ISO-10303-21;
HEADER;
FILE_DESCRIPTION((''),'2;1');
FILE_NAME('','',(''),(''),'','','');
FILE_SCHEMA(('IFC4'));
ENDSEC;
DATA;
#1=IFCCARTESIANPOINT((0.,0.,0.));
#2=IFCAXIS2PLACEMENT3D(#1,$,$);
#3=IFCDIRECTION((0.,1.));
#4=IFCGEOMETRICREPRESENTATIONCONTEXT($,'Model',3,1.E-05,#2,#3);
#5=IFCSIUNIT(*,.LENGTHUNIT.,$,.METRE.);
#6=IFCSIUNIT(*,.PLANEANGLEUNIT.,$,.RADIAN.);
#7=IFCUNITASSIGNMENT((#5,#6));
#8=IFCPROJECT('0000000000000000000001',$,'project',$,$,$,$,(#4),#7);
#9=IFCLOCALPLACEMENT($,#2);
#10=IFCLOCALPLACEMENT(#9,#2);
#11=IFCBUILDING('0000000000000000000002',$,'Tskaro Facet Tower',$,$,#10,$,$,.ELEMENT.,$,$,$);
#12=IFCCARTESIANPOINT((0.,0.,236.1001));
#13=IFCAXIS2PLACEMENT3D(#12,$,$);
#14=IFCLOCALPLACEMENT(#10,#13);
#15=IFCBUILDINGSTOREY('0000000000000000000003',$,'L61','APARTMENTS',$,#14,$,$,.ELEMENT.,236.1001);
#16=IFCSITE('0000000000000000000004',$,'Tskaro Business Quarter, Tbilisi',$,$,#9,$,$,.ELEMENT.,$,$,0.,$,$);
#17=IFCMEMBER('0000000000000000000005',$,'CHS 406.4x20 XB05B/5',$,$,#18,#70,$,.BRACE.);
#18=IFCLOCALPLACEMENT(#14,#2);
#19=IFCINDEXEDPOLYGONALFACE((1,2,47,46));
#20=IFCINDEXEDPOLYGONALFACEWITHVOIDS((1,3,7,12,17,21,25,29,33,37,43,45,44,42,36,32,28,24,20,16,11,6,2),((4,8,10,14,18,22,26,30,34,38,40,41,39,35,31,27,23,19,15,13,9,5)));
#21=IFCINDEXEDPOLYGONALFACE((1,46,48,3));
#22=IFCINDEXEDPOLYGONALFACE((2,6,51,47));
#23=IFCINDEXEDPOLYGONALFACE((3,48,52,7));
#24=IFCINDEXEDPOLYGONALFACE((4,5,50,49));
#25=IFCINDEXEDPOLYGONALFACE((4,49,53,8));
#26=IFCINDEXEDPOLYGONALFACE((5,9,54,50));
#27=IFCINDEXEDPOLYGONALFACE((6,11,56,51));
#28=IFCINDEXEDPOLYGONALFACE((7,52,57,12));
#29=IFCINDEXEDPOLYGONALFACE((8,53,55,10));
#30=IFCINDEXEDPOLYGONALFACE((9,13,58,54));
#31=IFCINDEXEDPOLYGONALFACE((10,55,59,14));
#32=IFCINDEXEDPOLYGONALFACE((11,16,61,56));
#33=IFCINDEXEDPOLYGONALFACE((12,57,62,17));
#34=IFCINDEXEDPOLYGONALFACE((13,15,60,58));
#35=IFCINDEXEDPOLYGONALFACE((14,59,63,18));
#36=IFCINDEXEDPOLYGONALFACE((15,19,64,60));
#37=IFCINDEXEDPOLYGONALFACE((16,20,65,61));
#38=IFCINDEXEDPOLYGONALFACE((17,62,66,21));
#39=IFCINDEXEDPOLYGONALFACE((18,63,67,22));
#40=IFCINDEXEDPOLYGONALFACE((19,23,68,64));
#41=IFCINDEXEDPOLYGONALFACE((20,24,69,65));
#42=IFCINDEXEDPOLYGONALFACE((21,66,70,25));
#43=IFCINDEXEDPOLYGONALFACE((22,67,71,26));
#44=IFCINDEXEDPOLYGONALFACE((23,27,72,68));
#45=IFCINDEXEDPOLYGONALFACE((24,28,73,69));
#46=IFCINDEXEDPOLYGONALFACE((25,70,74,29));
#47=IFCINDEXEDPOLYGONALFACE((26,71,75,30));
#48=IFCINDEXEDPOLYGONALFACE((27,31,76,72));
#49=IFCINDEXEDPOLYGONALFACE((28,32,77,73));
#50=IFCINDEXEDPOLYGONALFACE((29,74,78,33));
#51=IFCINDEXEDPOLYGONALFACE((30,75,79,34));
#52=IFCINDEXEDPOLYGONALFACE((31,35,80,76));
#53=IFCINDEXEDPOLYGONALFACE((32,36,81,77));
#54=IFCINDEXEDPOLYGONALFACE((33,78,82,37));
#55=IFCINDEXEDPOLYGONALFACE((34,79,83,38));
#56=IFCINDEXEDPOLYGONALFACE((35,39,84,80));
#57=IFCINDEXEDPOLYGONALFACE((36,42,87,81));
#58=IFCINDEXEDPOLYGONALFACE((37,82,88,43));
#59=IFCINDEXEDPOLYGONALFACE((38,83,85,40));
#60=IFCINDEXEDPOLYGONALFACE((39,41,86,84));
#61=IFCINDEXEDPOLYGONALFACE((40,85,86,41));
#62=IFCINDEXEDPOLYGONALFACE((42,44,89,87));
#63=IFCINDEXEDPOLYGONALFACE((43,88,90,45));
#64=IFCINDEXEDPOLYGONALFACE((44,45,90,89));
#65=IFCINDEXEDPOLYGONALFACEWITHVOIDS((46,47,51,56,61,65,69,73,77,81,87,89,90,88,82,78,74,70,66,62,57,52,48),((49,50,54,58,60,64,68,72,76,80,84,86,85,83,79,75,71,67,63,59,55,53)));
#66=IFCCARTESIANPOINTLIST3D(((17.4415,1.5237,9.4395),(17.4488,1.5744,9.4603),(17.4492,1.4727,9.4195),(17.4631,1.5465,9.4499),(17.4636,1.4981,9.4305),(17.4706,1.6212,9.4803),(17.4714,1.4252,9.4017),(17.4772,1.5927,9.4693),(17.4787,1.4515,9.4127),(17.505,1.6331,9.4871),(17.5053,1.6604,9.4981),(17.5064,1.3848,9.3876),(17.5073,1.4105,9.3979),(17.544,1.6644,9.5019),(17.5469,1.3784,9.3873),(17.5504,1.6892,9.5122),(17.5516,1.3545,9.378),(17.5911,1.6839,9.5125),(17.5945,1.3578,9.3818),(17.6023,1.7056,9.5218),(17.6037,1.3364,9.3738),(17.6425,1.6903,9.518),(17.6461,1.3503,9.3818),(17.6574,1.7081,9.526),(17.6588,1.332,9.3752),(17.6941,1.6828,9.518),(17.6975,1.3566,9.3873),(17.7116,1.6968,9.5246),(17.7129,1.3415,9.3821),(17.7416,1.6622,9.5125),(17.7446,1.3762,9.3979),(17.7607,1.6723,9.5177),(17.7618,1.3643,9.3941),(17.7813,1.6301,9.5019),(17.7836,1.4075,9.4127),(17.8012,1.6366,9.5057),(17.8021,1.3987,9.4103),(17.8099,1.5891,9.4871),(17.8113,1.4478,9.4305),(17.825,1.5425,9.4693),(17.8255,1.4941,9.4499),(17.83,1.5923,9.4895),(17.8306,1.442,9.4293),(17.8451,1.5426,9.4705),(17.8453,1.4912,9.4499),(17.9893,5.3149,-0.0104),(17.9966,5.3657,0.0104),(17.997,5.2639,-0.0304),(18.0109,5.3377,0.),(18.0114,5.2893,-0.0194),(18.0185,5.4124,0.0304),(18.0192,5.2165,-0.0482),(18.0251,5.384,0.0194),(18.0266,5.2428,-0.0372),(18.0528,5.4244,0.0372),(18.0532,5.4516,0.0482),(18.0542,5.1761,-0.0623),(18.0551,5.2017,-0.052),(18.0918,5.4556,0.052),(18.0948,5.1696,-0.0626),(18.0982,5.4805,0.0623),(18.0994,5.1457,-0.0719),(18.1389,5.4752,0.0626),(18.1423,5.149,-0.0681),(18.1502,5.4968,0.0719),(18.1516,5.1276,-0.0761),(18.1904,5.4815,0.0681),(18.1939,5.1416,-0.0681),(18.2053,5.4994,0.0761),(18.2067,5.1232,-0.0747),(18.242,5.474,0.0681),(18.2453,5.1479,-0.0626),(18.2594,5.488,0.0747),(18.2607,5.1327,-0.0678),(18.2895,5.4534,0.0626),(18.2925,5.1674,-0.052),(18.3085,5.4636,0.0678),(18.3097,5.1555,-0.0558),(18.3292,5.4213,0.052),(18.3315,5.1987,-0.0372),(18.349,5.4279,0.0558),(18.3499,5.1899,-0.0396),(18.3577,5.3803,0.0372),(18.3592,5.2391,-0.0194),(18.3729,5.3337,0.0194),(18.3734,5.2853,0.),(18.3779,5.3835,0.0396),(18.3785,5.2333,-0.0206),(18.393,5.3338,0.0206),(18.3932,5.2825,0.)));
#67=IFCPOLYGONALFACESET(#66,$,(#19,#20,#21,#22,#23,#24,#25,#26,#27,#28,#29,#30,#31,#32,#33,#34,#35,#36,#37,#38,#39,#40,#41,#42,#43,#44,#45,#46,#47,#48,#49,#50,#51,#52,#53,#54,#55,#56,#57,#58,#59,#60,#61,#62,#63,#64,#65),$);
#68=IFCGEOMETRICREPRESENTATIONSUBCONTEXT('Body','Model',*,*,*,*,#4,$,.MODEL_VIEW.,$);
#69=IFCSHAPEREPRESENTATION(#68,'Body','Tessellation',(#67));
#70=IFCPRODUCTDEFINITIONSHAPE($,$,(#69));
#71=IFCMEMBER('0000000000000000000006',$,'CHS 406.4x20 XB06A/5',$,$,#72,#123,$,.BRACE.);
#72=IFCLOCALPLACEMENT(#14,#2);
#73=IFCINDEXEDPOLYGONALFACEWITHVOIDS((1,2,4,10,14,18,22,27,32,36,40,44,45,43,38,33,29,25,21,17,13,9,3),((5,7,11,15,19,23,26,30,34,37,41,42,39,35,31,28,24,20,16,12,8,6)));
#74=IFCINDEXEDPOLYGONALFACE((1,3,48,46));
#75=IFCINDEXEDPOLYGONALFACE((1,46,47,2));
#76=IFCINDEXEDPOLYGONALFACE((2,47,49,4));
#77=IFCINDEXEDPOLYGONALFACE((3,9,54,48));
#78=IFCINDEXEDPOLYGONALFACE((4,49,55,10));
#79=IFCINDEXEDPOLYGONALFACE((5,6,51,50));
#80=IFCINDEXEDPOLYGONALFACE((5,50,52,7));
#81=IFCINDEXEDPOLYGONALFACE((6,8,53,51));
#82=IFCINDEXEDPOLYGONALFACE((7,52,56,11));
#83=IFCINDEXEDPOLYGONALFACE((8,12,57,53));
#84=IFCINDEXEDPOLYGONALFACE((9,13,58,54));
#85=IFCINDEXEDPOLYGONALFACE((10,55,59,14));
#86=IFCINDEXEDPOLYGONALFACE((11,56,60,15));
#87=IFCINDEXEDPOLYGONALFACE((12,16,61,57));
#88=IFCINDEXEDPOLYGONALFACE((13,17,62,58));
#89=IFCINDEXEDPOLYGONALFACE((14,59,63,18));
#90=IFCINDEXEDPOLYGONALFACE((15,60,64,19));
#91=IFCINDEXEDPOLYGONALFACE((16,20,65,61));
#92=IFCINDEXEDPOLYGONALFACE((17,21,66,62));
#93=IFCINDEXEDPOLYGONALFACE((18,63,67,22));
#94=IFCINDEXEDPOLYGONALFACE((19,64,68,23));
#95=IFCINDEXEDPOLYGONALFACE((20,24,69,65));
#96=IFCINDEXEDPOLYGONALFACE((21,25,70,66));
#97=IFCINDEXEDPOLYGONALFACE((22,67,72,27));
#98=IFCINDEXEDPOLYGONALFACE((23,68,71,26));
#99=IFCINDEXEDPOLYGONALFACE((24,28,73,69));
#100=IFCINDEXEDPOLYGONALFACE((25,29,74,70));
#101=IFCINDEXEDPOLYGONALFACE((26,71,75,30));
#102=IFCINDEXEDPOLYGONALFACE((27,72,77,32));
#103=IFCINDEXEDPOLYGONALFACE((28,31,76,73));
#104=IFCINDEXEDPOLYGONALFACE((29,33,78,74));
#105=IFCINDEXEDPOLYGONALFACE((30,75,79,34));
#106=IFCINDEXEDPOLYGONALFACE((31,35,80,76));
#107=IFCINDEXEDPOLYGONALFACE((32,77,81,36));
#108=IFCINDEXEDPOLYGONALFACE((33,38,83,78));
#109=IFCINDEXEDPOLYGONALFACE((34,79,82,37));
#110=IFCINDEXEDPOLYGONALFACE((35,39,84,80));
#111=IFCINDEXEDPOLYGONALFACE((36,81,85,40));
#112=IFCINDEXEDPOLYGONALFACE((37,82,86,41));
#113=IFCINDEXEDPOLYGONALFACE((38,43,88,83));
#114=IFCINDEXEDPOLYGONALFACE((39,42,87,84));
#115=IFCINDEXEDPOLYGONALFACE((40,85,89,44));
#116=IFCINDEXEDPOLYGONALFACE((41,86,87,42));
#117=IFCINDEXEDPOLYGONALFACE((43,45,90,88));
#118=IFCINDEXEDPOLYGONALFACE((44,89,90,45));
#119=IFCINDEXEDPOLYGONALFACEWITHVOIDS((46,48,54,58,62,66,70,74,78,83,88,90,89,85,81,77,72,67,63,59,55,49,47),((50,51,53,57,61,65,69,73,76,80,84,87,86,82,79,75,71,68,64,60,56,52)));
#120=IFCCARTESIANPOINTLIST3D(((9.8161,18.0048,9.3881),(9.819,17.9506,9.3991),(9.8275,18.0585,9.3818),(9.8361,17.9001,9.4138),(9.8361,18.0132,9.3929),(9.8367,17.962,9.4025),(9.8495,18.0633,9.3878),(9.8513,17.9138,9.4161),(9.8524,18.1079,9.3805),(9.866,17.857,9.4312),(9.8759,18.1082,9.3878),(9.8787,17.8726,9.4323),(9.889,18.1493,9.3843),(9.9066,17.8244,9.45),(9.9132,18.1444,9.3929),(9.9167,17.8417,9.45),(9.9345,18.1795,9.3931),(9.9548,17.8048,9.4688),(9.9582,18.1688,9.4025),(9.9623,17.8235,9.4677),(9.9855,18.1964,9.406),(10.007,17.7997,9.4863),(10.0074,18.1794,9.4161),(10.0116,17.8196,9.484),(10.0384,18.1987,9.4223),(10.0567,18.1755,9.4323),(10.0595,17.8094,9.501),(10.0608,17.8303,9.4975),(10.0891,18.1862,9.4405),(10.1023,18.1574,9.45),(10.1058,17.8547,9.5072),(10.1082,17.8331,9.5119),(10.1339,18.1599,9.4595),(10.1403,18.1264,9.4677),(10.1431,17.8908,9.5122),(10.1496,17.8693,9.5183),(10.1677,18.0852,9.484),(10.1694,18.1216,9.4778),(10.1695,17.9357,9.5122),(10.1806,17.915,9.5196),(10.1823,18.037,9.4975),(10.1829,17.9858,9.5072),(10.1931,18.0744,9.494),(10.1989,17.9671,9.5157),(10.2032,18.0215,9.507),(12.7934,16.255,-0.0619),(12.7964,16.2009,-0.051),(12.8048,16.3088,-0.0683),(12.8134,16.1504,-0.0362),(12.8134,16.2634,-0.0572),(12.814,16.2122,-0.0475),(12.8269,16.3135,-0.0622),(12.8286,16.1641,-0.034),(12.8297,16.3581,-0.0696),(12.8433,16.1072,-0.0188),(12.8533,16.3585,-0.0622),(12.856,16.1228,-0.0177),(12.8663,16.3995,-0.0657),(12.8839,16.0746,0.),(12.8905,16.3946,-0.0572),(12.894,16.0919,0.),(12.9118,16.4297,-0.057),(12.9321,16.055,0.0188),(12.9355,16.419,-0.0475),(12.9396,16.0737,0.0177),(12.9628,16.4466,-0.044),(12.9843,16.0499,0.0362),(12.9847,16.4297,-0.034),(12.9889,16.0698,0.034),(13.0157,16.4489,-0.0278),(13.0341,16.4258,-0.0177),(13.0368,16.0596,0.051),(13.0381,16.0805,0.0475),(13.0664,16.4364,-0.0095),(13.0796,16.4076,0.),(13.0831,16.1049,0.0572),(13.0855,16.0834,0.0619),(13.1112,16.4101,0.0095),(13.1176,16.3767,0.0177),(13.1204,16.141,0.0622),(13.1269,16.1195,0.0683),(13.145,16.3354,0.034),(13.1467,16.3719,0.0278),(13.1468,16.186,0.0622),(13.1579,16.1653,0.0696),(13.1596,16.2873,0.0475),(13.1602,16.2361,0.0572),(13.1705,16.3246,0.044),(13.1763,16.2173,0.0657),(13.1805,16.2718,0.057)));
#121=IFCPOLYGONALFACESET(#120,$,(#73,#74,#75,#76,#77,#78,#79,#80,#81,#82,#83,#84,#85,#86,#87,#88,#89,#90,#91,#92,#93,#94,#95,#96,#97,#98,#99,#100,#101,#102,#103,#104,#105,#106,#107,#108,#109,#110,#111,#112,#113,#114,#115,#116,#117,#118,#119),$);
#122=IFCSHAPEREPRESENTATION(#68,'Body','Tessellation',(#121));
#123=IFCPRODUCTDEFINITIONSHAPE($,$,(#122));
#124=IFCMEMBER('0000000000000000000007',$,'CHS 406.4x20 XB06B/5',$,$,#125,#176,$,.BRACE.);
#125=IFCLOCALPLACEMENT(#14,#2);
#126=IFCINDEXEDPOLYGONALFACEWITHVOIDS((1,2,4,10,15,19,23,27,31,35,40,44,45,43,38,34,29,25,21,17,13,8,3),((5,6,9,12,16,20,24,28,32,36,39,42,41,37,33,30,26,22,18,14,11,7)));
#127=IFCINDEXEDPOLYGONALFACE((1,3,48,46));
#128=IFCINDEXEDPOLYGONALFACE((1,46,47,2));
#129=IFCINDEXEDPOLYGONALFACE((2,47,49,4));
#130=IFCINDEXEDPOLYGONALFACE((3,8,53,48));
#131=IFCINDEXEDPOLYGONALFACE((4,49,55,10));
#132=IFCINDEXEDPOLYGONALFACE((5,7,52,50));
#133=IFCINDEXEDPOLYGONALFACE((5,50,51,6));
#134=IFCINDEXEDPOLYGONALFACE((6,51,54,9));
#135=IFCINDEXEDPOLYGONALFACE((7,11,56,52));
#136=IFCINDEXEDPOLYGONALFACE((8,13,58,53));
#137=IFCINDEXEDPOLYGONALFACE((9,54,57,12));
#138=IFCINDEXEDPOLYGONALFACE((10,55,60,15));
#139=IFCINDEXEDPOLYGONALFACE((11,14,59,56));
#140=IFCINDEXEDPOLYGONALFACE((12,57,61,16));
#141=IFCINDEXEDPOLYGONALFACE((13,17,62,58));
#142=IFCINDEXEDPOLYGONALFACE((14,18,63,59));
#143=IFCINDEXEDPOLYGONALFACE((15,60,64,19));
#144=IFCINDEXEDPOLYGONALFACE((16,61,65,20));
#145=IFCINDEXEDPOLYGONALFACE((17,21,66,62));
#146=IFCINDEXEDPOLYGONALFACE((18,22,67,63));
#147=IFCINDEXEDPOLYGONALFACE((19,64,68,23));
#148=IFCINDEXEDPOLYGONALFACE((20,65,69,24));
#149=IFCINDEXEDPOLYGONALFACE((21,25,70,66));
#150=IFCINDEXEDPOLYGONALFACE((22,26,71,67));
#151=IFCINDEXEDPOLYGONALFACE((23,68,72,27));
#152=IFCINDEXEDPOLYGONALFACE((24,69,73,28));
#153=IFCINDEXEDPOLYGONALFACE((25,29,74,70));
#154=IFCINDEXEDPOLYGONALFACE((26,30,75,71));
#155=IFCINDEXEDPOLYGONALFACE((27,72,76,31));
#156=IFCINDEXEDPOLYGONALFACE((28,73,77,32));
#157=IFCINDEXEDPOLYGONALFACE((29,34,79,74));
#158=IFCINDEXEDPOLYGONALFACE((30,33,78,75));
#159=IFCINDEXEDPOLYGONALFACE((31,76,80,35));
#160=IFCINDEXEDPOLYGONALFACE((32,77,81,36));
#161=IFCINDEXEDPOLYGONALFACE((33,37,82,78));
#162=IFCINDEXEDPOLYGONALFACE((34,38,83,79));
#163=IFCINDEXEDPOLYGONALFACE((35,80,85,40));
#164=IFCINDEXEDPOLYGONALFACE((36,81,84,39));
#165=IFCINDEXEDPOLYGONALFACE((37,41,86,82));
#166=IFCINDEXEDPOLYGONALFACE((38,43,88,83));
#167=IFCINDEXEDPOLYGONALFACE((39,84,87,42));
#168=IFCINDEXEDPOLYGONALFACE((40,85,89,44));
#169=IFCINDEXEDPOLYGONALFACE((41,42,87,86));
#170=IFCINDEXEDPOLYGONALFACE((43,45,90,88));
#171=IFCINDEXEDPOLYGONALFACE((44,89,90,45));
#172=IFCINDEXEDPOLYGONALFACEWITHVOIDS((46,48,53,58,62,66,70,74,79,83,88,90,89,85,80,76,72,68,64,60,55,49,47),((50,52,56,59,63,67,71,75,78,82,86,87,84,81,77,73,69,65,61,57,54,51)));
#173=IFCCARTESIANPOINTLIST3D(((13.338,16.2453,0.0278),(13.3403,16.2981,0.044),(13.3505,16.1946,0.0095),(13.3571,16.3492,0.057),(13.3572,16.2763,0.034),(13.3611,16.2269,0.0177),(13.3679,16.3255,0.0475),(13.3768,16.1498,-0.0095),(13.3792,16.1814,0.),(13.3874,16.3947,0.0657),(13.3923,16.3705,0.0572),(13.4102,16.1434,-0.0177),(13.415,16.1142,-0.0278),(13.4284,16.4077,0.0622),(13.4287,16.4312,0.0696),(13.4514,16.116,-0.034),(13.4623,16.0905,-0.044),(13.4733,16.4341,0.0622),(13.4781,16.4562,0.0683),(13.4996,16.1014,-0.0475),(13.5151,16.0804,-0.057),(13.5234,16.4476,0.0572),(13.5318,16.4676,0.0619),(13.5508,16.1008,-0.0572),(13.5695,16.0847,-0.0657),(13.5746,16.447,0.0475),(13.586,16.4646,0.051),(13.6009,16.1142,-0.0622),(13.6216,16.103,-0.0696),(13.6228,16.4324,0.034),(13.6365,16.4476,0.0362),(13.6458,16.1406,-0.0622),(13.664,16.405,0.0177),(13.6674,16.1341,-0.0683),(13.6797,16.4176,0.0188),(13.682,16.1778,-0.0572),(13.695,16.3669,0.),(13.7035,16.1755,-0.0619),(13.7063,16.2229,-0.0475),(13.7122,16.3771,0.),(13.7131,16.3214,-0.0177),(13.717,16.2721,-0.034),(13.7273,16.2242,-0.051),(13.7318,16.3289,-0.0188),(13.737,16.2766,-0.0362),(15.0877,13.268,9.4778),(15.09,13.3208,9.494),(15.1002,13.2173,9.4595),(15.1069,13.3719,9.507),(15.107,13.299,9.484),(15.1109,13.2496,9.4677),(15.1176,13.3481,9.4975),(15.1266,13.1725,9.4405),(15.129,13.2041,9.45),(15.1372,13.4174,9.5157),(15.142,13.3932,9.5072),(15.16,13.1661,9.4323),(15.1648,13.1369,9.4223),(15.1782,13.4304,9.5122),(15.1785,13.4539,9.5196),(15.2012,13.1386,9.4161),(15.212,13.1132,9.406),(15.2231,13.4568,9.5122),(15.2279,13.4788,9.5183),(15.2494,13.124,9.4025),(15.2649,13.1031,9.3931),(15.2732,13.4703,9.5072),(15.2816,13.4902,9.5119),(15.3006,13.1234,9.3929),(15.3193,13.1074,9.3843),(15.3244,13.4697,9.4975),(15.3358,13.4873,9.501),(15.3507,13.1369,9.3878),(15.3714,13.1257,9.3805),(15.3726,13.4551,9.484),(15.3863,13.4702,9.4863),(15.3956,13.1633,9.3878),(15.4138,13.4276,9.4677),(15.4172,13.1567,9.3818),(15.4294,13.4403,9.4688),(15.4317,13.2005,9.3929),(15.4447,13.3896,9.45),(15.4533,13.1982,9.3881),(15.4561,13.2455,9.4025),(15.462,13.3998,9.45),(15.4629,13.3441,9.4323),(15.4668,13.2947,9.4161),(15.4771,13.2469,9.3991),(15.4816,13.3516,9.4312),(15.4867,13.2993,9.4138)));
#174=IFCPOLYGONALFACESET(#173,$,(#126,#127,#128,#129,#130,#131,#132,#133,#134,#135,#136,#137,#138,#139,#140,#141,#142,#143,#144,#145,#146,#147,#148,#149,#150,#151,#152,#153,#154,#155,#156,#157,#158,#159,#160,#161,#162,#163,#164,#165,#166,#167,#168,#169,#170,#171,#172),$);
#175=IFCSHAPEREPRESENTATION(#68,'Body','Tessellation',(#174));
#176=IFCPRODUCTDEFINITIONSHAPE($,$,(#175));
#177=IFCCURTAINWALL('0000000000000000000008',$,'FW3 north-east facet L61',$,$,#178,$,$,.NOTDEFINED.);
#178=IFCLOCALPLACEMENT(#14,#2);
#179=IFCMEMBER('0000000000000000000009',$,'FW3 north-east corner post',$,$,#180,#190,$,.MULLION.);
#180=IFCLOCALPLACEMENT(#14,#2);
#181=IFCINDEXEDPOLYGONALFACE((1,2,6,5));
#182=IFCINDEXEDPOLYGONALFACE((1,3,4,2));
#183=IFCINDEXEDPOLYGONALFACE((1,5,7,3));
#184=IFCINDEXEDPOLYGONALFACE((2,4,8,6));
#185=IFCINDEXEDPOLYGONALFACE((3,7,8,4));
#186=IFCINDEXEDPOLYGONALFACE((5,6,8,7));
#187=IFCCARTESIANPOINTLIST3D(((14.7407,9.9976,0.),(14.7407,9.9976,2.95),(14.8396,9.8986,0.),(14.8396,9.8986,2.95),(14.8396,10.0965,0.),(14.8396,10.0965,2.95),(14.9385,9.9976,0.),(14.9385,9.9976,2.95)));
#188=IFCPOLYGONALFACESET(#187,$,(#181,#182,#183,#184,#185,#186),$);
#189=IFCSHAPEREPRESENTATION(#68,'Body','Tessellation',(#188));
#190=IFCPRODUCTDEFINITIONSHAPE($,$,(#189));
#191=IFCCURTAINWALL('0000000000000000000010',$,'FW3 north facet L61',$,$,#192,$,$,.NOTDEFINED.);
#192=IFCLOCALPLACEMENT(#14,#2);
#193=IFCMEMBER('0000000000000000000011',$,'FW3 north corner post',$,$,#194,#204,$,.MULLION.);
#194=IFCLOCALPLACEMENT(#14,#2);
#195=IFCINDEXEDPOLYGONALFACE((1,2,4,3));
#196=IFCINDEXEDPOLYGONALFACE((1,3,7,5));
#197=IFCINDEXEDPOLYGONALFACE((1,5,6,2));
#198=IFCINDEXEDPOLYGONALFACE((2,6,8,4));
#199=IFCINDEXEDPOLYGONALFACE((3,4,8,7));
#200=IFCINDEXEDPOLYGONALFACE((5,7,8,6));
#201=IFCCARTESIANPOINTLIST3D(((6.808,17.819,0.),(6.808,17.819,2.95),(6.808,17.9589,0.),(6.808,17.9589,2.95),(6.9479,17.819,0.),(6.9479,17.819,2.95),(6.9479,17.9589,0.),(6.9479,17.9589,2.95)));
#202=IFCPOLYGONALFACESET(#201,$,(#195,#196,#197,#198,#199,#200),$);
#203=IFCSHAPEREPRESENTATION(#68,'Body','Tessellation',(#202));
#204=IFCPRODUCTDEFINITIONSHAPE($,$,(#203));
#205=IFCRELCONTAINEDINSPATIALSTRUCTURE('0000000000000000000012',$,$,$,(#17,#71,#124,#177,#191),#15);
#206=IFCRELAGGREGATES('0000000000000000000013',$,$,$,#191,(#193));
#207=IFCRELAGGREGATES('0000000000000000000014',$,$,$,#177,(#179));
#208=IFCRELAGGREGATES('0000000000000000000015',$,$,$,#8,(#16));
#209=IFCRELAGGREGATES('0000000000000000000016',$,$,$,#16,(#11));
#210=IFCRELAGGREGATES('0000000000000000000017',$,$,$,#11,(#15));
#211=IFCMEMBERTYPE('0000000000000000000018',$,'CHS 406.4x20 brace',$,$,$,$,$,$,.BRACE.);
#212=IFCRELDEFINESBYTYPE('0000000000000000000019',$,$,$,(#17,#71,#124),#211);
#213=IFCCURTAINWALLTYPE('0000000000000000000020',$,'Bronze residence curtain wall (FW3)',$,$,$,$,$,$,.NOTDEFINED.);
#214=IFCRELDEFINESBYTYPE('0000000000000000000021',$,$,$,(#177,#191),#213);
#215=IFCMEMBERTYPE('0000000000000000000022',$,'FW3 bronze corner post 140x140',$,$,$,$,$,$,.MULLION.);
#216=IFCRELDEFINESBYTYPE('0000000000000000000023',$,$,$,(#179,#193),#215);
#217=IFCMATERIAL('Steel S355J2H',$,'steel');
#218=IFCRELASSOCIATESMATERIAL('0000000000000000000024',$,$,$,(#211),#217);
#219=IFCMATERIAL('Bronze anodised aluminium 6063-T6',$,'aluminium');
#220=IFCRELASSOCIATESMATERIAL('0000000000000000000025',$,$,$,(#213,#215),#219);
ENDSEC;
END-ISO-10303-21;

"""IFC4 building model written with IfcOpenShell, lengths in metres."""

from ifc_helpers import new_model, si_unit, direction, frame, origin, origin_2d, place, context, subcontext, project, spatial, rectangle, hollow_circle, extrude, material, material_profile, profile_set, type_object, element, aggregate, save


model = new_model("IFC4")

# Units and contexts
model_context = context("Model", 3, precision=1e-05, world=origin(), true_north=direction((0.0, 1.0)))
body_context = subcontext(model_context, "Body", "Model", "MODEL_VIEW")
ifc_project = project(units=[si_unit("LENGTHUNIT", "METRE"), si_unit("PLANEANGLEUNIT", "RADIAN")], contexts=[model_context])

# Site, building, storey
site_placement = place(None, origin())
site = spatial("IfcSite", under=ifc_project, at=site_placement, Name="Tskaro Business Quarter, Tbilisi", CompositionType="ELEMENT", RefElevation=0.0)
building_placement = place(site_placement, origin())
building = spatial("IfcBuilding", under=site, at=building_placement, Name="Tskaro Facet Tower", CompositionType="ELEMENT")
storey_placement = place(building_placement, frame((0.0, 0.0, 236.1001)))
storey = spatial("IfcBuildingStorey", under=building, at=storey_placement, Name="L61", Description="APARTMENTS", CompositionType="ELEMENT", Elevation=236.1001)

# Shared definitions
ifc_material_1 = material(Name="Steel S355J2H", Category="steel")

# Members
ifc_material_profile_1 = material_profile(ifc_material_1, hollow_circle(Radius=0.2031, WallThickness=0.02, at=origin_2d()), Name="CHS 406.4x20")
ifc_profile_set_1 = profile_set([ifc_material_profile_1], Name="Steel S355J2H")
member_type_1 = type_object("IfcMemberType", Name="CHS 406.4x20 brace", PredefinedType="BRACE", material=ifc_profile_set_1)
member_1_placement = place(storey_placement, frame((18.1921, 5.3115, 0.0), z_axis=(-0.053728, -0.371808, 0.926754), x_axis=(0.98972, -0.143018, 0.0)))
element("IfcMember", 1, at=member_1_placement, inside=storey, type_object=member_type_1, Name="CHS 406.4x20 XB05B/5", PredefinedType="BRACE", context=body_context, shape_type="SweptSolid", body=[
    extrude(hollow_circle(Radius=0.2031, WallThickness=0.02, at=origin_2d()), origin(), (0.0, 0.0, 1.0), 10.1968),
])
for number, where, z_axis, x_axis, name in (
    (2, (12.9868, 16.2498, 0.0), (-0.295919, 0.173911, 0.939248), (-0.506677, -0.862136, 0.0), "CHS 406.4x20 XB06A/5"),
    (3, (13.5371, 16.2742, 0.0), (0.173911, -0.295919, 0.939248), (0.862136, 0.506677, 0.0), "CHS 406.4x20 XB06B/5"),
):
    element("IfcMember", number, at=place(storey_placement, frame(where, z_axis=z_axis, x_axis=x_axis)), inside=storey, type_object=member_type_1, Name=name, PredefinedType="BRACE", context=body_context, shape_type="SweptSolid", body=[
        extrude(hollow_circle(Radius=0.2031, WallThickness=0.02, at=origin_2d()), origin(), (0.0, 0.0, 1.0), 10.0613),
    ])

# Curtain walls, members
ifc_material_2 = material(Name="Bronze anodised aluminium 6063-T6", Category="aluminium")
curtain_wall_type = type_object("IfcCurtainWallType", Name="Bronze residence curtain wall (FW3)", PredefinedType="NOTDEFINED", material=ifc_material_2)
curtain_wall_1_placement = place(storey_placement, origin())
curtain_wall_1 = element("IfcCurtainWall", 4, at=curtain_wall_1_placement, inside=storey, type_object=curtain_wall_type, Name="FW3 north-east facet L61", PredefinedType="NOTDEFINED")
ifc_material_profile_2 = material_profile(ifc_material_2, rectangle(XDim=0.1399, YDim=0.1399, at=origin_2d()), Name="Corner post 140x140")
ifc_profile_set_2 = profile_set([ifc_material_profile_2], Name="Bronze anodised aluminium 6063-T6")
member_type_2 = type_object("IfcMemberType", Name="FW3 bronze corner post 140x140", PredefinedType="MULLION", material=ifc_profile_set_2)
member_2_placement = place(storey_placement, frame((14.8396, 9.9976, 0.0), z_axis=(0.0, 0.0, 1.0), x_axis=(-0.707107, 0.707107, 0.0)))
member_2 = element("IfcMember", 5, at=member_2_placement, type_object=member_type_2, Name="FW3 north-east corner post", PredefinedType="MULLION", context=body_context, shape_type="SweptSolid", body=[
    extrude(rectangle(XDim=0.1399, YDim=0.1399, at=origin_2d()), origin(), (0.0, 0.0, 1.0), 2.95),
])
curtain_wall_2_placement = place(storey_placement, origin())
curtain_wall_2 = element("IfcCurtainWall", 6, at=curtain_wall_2_placement, inside=storey, type_object=curtain_wall_type, Name="FW3 north facet L61", PredefinedType="NOTDEFINED")
member_3_placement = place(storey_placement, frame((6.8779, 17.8889, 0.0), z_axis=(0.0, 0.0, 1.0), x_axis=(-1.0, 0.0, 0.0)))
member_3 = element("IfcMember", 7, at=member_3_placement, type_object=member_type_2, Name="FW3 north corner post", PredefinedType="MULLION", context=body_context, shape_type="SweptSolid", body=[
    extrude(rectangle(XDim=0.1399, YDim=0.1399, at=origin_2d()), origin(), (0.0, 0.0, 1.0), 2.95),
])

aggregate(curtain_wall_2, [member_3])

aggregate(curtain_wall_1, [member_2])

save(model, "model.ifc")
